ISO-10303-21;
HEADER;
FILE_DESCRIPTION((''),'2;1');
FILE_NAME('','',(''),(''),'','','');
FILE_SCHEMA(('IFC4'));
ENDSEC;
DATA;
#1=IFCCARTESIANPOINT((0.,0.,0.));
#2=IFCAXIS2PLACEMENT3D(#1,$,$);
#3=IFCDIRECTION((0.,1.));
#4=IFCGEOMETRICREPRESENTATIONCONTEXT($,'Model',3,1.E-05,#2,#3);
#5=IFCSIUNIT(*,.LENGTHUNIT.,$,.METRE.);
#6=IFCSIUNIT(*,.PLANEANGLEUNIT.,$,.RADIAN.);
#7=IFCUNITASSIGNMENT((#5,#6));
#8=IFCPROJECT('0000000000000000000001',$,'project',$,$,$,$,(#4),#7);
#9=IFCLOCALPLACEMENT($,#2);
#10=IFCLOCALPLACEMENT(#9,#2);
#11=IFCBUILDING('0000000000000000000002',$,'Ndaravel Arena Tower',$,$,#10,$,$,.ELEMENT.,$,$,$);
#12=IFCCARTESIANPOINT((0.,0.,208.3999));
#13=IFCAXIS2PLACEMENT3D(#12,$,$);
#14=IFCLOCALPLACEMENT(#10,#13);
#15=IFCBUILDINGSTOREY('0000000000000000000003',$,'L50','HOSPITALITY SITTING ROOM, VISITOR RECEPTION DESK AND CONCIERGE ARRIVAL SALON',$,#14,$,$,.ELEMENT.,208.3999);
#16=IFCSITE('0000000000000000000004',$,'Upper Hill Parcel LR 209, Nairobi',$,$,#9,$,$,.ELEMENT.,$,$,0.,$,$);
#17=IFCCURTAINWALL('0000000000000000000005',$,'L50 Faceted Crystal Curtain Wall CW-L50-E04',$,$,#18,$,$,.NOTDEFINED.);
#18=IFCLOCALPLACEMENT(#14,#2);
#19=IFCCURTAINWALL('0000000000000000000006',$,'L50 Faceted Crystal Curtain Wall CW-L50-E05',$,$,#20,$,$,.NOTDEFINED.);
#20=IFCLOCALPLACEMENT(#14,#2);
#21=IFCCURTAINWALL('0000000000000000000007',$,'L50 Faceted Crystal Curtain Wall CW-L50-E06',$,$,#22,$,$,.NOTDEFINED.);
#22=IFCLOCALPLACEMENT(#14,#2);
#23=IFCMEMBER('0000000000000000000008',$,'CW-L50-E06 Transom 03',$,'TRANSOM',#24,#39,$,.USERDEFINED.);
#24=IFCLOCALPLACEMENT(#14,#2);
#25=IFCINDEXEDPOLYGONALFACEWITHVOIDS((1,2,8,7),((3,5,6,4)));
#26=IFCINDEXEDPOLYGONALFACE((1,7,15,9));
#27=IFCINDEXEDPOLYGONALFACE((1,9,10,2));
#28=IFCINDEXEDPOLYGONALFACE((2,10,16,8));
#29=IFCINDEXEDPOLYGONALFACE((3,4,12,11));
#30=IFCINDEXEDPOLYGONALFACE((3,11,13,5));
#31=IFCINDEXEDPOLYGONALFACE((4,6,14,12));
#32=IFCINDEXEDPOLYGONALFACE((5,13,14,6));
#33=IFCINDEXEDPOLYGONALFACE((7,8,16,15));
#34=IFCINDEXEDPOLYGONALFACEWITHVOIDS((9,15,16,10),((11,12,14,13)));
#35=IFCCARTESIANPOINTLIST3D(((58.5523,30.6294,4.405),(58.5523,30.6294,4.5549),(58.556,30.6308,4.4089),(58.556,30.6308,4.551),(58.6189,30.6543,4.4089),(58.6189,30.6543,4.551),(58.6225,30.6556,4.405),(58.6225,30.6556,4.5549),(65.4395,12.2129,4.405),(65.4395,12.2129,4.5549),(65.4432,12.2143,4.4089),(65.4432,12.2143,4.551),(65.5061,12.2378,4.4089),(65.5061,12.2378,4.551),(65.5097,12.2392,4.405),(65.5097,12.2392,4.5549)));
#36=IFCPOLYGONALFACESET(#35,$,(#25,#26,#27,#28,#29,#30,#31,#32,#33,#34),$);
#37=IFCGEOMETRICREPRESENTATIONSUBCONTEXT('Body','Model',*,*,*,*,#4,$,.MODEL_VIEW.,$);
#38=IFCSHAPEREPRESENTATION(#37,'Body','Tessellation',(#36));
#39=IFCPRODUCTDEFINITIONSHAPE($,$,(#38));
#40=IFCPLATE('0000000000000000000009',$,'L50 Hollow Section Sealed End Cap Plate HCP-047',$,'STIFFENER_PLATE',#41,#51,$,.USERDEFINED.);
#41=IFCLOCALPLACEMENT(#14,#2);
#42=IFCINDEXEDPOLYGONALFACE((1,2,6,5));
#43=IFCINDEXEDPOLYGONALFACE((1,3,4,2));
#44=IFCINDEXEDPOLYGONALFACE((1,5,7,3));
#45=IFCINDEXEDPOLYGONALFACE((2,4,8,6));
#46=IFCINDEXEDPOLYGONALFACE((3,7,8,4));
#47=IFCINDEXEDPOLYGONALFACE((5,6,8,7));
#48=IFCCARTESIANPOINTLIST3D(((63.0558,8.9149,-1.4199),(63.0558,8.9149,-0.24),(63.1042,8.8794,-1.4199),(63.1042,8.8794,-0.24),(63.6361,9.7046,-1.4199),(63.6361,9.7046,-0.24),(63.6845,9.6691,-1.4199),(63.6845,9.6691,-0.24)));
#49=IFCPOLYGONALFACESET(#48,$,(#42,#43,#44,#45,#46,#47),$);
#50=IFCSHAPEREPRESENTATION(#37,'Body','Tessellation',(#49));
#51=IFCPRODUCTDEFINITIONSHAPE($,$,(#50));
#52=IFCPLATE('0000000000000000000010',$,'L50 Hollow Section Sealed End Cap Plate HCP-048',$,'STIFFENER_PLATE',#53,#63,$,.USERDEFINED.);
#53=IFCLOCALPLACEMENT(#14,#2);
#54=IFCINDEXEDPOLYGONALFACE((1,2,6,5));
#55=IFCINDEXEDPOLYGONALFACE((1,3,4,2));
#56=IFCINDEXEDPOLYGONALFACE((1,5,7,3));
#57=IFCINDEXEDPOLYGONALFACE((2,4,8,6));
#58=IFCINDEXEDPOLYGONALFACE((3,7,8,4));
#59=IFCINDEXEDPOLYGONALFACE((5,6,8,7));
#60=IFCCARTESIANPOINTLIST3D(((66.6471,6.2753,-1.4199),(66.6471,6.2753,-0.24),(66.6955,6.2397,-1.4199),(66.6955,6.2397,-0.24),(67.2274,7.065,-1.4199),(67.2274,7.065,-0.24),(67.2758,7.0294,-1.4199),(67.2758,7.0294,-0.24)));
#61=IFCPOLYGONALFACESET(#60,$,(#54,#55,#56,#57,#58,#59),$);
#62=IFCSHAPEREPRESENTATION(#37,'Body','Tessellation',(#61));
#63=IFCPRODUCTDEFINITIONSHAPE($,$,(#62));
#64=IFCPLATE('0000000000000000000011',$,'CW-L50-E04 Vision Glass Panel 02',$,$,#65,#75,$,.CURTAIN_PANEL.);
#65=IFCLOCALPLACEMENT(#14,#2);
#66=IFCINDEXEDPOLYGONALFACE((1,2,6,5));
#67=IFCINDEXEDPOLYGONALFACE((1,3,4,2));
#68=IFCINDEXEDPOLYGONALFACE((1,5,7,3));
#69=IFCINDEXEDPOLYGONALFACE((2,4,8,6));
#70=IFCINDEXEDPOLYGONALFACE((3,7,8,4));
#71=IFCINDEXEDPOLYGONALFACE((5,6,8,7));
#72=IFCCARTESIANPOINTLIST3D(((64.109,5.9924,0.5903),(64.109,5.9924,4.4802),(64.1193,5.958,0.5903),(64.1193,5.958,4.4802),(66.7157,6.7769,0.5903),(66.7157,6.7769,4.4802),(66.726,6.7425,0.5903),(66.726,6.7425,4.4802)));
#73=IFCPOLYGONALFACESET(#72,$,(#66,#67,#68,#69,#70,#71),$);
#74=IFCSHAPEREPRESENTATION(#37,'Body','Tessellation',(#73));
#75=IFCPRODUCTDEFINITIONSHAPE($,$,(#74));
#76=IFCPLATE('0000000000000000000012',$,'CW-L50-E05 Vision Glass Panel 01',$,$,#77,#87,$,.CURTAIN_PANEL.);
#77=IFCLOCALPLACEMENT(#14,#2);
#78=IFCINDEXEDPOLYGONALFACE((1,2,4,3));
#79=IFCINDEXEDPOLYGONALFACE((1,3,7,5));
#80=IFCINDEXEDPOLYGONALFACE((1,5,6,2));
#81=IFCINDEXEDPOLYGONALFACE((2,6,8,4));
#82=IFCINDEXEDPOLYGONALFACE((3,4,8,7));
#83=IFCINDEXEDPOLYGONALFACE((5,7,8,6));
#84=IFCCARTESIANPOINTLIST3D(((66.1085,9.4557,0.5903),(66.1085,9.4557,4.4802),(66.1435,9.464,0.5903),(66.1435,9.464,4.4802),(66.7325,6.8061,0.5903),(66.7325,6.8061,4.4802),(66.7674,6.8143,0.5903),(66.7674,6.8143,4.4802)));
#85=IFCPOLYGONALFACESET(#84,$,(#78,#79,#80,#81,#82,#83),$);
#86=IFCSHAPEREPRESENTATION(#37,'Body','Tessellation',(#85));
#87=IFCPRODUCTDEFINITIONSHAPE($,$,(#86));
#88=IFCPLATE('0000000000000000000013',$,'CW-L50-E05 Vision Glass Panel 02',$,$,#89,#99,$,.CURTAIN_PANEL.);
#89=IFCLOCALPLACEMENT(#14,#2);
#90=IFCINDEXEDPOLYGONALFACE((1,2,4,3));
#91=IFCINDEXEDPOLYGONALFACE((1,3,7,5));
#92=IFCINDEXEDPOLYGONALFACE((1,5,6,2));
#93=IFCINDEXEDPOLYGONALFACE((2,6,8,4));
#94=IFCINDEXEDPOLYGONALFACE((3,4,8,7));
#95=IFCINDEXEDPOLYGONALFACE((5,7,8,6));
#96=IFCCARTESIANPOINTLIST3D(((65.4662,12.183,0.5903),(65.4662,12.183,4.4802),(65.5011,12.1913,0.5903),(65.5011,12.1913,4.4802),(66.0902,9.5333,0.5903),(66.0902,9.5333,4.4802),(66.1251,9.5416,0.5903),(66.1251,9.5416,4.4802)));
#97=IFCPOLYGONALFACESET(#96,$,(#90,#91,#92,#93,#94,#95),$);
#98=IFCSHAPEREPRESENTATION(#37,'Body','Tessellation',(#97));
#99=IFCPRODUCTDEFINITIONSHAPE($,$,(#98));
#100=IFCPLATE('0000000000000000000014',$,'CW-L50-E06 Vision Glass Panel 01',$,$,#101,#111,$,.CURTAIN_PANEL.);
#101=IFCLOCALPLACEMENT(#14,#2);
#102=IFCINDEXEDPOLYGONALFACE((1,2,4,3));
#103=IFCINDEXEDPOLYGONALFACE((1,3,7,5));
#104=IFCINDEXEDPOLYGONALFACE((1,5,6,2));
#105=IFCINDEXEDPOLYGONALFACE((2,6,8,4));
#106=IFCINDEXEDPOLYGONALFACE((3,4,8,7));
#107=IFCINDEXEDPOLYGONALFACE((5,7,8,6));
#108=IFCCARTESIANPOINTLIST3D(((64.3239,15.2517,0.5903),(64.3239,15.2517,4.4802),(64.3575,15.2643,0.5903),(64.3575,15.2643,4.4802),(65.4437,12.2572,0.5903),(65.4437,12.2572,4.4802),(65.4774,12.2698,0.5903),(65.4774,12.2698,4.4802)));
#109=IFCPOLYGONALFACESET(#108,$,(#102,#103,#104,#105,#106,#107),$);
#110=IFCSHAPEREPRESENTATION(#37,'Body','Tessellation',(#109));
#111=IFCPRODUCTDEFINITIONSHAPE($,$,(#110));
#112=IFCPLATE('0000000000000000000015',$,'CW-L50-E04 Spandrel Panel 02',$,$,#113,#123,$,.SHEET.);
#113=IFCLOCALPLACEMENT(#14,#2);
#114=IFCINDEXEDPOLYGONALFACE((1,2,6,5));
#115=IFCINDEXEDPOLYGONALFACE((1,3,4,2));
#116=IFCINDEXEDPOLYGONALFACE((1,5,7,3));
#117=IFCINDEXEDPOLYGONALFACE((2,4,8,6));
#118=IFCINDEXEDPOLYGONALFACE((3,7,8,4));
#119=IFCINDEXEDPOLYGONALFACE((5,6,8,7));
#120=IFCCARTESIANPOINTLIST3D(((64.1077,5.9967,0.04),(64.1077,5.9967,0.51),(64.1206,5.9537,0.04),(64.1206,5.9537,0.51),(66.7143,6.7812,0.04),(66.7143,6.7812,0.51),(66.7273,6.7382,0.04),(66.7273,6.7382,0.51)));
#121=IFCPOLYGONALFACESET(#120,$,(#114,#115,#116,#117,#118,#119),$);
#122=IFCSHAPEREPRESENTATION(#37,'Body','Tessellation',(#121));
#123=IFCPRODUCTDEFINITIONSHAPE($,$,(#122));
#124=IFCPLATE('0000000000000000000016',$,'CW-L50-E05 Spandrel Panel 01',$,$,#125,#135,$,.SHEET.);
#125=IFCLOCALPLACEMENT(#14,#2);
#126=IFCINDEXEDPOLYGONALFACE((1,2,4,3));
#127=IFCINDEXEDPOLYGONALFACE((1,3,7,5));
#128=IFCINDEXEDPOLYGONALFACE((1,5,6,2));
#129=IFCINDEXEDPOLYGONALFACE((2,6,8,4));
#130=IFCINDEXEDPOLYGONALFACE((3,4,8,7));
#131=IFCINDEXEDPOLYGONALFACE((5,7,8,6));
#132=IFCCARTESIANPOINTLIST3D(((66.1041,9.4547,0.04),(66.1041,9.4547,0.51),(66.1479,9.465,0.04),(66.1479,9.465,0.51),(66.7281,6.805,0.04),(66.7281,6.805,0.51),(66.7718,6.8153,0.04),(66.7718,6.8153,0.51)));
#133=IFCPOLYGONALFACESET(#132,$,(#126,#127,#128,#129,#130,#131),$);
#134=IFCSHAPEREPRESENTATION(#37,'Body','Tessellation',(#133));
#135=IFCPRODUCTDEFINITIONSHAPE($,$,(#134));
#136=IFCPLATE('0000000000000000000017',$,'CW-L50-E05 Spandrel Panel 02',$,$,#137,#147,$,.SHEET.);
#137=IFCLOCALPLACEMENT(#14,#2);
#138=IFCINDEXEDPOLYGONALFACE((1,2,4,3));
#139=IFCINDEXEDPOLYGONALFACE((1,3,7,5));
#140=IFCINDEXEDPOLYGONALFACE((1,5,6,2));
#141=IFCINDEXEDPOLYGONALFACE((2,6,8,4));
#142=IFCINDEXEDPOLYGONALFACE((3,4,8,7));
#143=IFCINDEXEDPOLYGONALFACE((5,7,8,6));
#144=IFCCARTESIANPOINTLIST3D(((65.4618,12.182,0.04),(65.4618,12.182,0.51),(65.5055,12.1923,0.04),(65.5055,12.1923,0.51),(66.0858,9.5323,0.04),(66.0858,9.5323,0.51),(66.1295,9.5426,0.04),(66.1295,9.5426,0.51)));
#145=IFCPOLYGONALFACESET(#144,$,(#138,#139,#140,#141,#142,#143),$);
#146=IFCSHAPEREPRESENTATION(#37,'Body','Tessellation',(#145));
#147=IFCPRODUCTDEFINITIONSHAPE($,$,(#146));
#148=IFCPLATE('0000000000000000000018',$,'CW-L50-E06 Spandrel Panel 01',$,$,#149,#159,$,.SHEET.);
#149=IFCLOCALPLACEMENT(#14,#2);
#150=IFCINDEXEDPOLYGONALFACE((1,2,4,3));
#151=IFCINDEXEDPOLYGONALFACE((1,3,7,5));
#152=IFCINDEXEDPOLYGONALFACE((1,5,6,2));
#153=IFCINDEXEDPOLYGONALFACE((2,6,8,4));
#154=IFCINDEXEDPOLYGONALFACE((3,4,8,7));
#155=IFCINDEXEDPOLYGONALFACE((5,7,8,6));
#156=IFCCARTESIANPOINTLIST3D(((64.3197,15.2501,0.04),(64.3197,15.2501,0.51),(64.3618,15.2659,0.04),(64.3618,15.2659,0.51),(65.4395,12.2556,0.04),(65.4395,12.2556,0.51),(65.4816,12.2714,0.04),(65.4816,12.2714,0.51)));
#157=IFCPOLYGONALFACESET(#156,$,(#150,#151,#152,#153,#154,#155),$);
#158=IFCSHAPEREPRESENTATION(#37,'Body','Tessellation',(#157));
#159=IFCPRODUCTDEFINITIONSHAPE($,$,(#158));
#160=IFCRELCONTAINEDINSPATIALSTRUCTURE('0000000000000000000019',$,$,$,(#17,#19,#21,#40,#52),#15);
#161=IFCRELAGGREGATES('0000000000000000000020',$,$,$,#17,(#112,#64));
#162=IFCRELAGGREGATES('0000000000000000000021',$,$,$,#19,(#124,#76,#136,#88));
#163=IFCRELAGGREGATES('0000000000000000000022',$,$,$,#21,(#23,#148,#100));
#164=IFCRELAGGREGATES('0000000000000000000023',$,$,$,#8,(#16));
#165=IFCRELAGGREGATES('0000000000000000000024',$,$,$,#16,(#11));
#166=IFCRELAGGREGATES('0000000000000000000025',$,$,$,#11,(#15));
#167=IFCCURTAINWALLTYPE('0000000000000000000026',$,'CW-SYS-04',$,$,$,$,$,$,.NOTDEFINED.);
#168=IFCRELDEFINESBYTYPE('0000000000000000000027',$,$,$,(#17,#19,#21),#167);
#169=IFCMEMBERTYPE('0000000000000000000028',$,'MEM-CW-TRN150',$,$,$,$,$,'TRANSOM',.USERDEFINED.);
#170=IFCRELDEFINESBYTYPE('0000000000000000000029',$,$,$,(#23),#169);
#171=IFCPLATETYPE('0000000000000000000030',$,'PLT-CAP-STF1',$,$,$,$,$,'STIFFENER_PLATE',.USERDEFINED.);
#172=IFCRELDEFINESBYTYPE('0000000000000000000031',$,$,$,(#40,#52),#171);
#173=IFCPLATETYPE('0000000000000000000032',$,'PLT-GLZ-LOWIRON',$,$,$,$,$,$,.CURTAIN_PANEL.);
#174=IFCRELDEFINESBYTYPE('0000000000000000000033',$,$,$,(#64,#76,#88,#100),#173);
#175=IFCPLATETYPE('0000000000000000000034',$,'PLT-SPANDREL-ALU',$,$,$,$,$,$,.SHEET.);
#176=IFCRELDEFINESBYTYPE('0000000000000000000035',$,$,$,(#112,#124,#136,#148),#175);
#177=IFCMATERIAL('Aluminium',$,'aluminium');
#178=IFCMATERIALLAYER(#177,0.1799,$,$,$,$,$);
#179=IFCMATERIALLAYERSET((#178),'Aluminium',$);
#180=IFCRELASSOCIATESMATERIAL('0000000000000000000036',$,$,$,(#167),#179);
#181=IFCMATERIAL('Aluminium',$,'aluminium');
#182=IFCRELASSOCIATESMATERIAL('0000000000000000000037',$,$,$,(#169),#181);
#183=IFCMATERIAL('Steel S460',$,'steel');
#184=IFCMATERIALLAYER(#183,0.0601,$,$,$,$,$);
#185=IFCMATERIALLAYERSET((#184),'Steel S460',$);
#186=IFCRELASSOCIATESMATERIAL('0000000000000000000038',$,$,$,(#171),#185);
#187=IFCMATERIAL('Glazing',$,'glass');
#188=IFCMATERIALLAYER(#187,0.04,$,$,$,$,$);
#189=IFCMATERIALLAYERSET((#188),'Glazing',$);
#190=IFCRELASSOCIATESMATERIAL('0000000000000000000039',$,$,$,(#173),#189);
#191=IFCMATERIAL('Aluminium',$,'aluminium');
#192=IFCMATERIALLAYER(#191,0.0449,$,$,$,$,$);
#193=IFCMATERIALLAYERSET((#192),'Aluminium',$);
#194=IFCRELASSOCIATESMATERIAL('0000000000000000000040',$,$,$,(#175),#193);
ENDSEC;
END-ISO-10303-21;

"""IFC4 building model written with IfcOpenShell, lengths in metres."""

from ifc_helpers import new_model, si_unit, direction, frame, origin, origin_2d, place, context, subcontext, project, spatial, rectangle, hollow_rectangle, extrude, material, layer, layer_set, material_profile, profile_set, type_object, element, aggregate, save


model = new_model("IFC4")

# Units and contexts
model_context = context("Model", 3, precision=1e-05, world=origin(), true_north=direction((0.0, 1.0)))
body_context = subcontext(model_context, "Body", "Model", "MODEL_VIEW")
ifc_project = project(units=[si_unit("LENGTHUNIT", "METRE"), si_unit("PLANEANGLEUNIT", "RADIAN")], contexts=[model_context])

# Site, building, storey
site_placement = place(None, origin())
site = spatial("IfcSite", under=ifc_project, at=site_placement, Name="Upper Hill Parcel LR 209, Nairobi", CompositionType="ELEMENT", RefElevation=0.0)
building_placement = place(site_placement, origin())
building = spatial("IfcBuilding", under=site, at=building_placement, Name="Ndaravel Arena Tower", CompositionType="ELEMENT")
storey_placement = place(building_placement, frame((0.0, 0.0, 208.3999)))
storey = spatial("IfcBuildingStorey", under=building, at=storey_placement, Name="L50", Description="HOSPITALITY SITTING ROOM, VISITOR RECEPTION DESK AND CONCIERGE ARRIVAL SALON", CompositionType="ELEMENT", Elevation=208.3999)

# Curtain wall
ifc_material_1 = material(Name="Aluminium", Category="aluminium")
ifc_layer_1 = layer(ifc_material_1, 0.1799)
ifc_layer_set_1 = layer_set([ifc_layer_1], Name="Aluminium")
curtain_wall_type = type_object("IfcCurtainWallType", Name="CW-SYS-04", PredefinedType="NOTDEFINED", material=ifc_layer_set_1)
curtain_wall_1_placement = place(storey_placement, origin())
curtain_wall_1 = element("IfcCurtainWall", 1, at=curtain_wall_1_placement, inside=storey, type_object=curtain_wall_type, Name="L50 Faceted Crystal Curtain Wall CW-L50-E04", PredefinedType="NOTDEFINED")

# Curtain wall
curtain_wall_2_placement = place(storey_placement, origin())
curtain_wall_2 = element("IfcCurtainWall", 2, at=curtain_wall_2_placement, inside=storey, type_object=curtain_wall_type, Name="L50 Faceted Crystal Curtain Wall CW-L50-E05", PredefinedType="NOTDEFINED")

# Curtain wall
curtain_wall_3_placement = place(storey_placement, origin())
curtain_wall_3 = element("IfcCurtainWall", 3, at=curtain_wall_3_placement, inside=storey, type_object=curtain_wall_type, Name="L50 Faceted Crystal Curtain Wall CW-L50-E06", PredefinedType="NOTDEFINED")

# Member
ifc_material_2 = material(Name="Aluminium", Category="aluminium")
ifc_material_profile_1 = material_profile(ifc_material_2, hollow_rectangle(XDim=0.075, YDim=0.1499, WallThickness=0.0039, at=origin_2d()), Name="CW TRANSOM 75x150x4")
ifc_profile_set_1 = profile_set([ifc_material_profile_1], Name="Aluminium")
member_type_1 = type_object("IfcMemberType", Name="MEM-CW-TRN150", ElementType="TRANSOM", PredefinedType="USERDEFINED", material=ifc_profile_set_1)
member_1_placement = place(storey_placement, frame((65.4746, 12.2261, 4.48), z_axis=(-0.350277, 0.936646, 0.0), x_axis=(-0.936646, -0.350277, 0.0)))
member_1 = element("IfcMember", 4, at=member_1_placement, type_object=member_type_1, Name="CW-L50-E06 Transom 03", ObjectType="TRANSOM", PredefinedType="USERDEFINED", context=body_context, shape_type="SweptSolid", body=[
    extrude(hollow_rectangle(XDim=0.075, YDim=0.1499, WallThickness=0.0039, at=origin_2d()), origin(), (0.0, 0.0, 1.0), 19.6621),
])

# Plates
ifc_material_3 = material(Name="Steel S460", Category="steel")
ifc_layer_2 = layer(ifc_material_3, 0.0601)
ifc_layer_set_2 = layer_set([ifc_layer_2], Name="Steel S460")
plate_type_1 = type_object("IfcPlateType", Name="PLT-CAP-STF1", ElementType="STIFFENER_PLATE", PredefinedType="USERDEFINED", material=ifc_layer_set_2)
for number, where, z_axis, x_axis, name in (
    (5, (63.3701, 9.292, -1.4199), (0.0, 0.0, 1.0), (0.805825, -0.592154, 0.0), "L50 Hollow Section Sealed End Cap Plate HCP-047"),
    (6, (66.9614, 6.6523, -1.4199), (0.0, 0.0, 1.0), (0.805825, -0.592154, 0.0), "L50 Hollow Section Sealed End Cap Plate HCP-048"),
):
    element("IfcPlate", number, at=place(storey_placement, frame(where, z_axis=z_axis, x_axis=x_axis)), inside=storey, type_object=plate_type_1, Name=name, ObjectType="STIFFENER_PLATE", PredefinedType="USERDEFINED", context=body_context, shape_type="SweptSolid", body=[
        extrude(rectangle(XDim=0.0601, YDim=0.98, at=origin_2d()), origin(), (0.0, 0.0, 1.0), 1.1799),
    ])

# Plates
ifc_material_4 = material(Name="Glazing", Category="glass")
ifc_layer_3 = layer(ifc_material_4, 0.04)
ifc_layer_set_3 = layer_set([ifc_layer_3], Name="Glazing")
plate_type_2 = type_object("IfcPlateType", Name="PLT-GLZ-LOWIRON", PredefinedType="CURTAIN_PANEL", material=ifc_layer_set_3)
plate_1_placement = place(storey_placement, frame((65.4175, 6.3674, 0.5903), z_axis=(0.0, 0.0, 1.0), x_axis=(0.957576, 0.28818, 0.0)))
plate_1 = element("IfcPlate", 7, at=plate_1_placement, type_object=plate_type_2, Name="CW-L50-E04 Vision Glass Panel 02", PredefinedType="CURTAIN_PANEL", context=body_context, shape_type="SweptSolid", body=[
    extrude(rectangle(XDim=2.7222, YDim=0.0359, at=origin_2d()), origin(), (0.0, 0.0, 1.0), 3.8899),
])
plate_2_placement = place(storey_placement, frame((66.438, 8.135, 0.5903), z_axis=(0.0, 0.0, 1.0), x_axis=(-0.229217, 0.973375, 0.0)))
plate_2 = element("IfcPlate", 8, at=plate_2_placement, type_object=plate_type_2, Name="CW-L50-E05 Vision Glass Panel 01", PredefinedType="CURTAIN_PANEL", context=body_context, shape_type="SweptSolid", body=[
    extrude(rectangle(XDim=2.7222, YDim=0.0359, at=origin_2d()), origin(), (0.0, 0.0, 1.0), 3.8899),
])
plate_3_placement = place(storey_placement, frame((65.7957, 10.8623, 0.5903), z_axis=(0.0, 0.0, 1.0), x_axis=(-0.229217, 0.973375, 0.0)))
plate_3 = element("IfcPlate", 9, at=plate_3_placement, type_object=plate_type_2, Name="CW-L50-E05 Vision Glass Panel 02", PredefinedType="CURTAIN_PANEL", context=body_context, shape_type="SweptSolid", body=[
    extrude(rectangle(XDim=2.7222, YDim=0.0359, at=origin_2d()), origin(), (0.0, 0.0, 1.0), 3.8899),
])
plate_4_placement = place(storey_placement, frame((64.9006, 13.7607, 0.5903), z_axis=(0.0, 0.0, 1.0), x_axis=(-0.350273, 0.936648, 0.0)))
plate_4 = element("IfcPlate", 10, at=plate_4_placement, type_object=plate_type_2, Name="CW-L50-E06 Vision Glass Panel 01", PredefinedType="CURTAIN_PANEL", context=body_context, shape_type="SweptSolid", body=[
    extrude(rectangle(XDim=3.197, YDim=0.0359, at=origin_2d()), origin(), (0.0, 0.0, 1.0), 3.8899),
])
ifc_material_5 = material(Name="Aluminium", Category="aluminium")
ifc_layer_4 = layer(ifc_material_5, 0.0449)
ifc_layer_set_4 = layer_set([ifc_layer_4], Name="Aluminium")
plate_type_3 = type_object("IfcPlateType", Name="PLT-SPANDREL-ALU", PredefinedType="SHEET", material=ifc_layer_set_4)
plate_5_placement = place(storey_placement, frame((65.4175, 6.3674, 0.04), z_axis=(0.0, 0.0, 1.0), x_axis=(0.957576, 0.28818, 0.0)))
plate_5 = element("IfcPlate", 11, at=plate_5_placement, type_object=plate_type_3, Name="CW-L50-E04 Spandrel Panel 02", PredefinedType="SHEET", context=body_context, shape_type="SweptSolid", body=[
    extrude(rectangle(XDim=2.7222, YDim=0.0449, at=origin_2d()), origin(), (0.0, 0.0, 1.0), 0.47),
])
aggregate(curtain_wall_1, [plate_5, plate_1])
plate_6_placement = place(storey_placement, frame((66.438, 8.135, 0.04), z_axis=(0.0, 0.0, 1.0), x_axis=(-0.229217, 0.973375, 0.0)))
plate_6 = element("IfcPlate", 12, at=plate_6_placement, type_object=plate_type_3, Name="CW-L50-E05 Spandrel Panel 01", PredefinedType="SHEET", context=body_context, shape_type="SweptSolid", body=[
    extrude(rectangle(XDim=2.7222, YDim=0.0449, at=origin_2d()), origin(), (0.0, 0.0, 1.0), 0.47),
])
plate_7_placement = place(storey_placement, frame((65.7957, 10.8623, 0.04), z_axis=(0.0, 0.0, 1.0), x_axis=(-0.229217, 0.973375, 0.0)))
plate_7 = element("IfcPlate", 13, at=plate_7_placement, type_object=plate_type_3, Name="CW-L50-E05 Spandrel Panel 02", PredefinedType="SHEET", context=body_context, shape_type="SweptSolid", body=[
    extrude(rectangle(XDim=2.7222, YDim=0.0449, at=origin_2d()), origin(), (0.0, 0.0, 1.0), 0.47),
])
aggregate(curtain_wall_2, [plate_6, plate_2, plate_7, plate_3])
plate_8_placement = place(storey_placement, frame((64.9006, 13.7607, 0.04), z_axis=(0.0, 0.0, 1.0), x_axis=(-0.350273, 0.936648, 0.0)))
plate_8 = element("IfcPlate", 14, at=plate_8_placement, type_object=plate_type_3, Name="CW-L50-E06 Spandrel Panel 01", PredefinedType="SHEET", context=body_context, shape_type="SweptSolid", body=[
    extrude(rectangle(XDim=3.197, YDim=0.0449, at=origin_2d()), origin(), (0.0, 0.0, 1.0), 0.47),
])
aggregate(curtain_wall_3, [member_1, plate_8, plate_4])

save(model, "model.ifc")
